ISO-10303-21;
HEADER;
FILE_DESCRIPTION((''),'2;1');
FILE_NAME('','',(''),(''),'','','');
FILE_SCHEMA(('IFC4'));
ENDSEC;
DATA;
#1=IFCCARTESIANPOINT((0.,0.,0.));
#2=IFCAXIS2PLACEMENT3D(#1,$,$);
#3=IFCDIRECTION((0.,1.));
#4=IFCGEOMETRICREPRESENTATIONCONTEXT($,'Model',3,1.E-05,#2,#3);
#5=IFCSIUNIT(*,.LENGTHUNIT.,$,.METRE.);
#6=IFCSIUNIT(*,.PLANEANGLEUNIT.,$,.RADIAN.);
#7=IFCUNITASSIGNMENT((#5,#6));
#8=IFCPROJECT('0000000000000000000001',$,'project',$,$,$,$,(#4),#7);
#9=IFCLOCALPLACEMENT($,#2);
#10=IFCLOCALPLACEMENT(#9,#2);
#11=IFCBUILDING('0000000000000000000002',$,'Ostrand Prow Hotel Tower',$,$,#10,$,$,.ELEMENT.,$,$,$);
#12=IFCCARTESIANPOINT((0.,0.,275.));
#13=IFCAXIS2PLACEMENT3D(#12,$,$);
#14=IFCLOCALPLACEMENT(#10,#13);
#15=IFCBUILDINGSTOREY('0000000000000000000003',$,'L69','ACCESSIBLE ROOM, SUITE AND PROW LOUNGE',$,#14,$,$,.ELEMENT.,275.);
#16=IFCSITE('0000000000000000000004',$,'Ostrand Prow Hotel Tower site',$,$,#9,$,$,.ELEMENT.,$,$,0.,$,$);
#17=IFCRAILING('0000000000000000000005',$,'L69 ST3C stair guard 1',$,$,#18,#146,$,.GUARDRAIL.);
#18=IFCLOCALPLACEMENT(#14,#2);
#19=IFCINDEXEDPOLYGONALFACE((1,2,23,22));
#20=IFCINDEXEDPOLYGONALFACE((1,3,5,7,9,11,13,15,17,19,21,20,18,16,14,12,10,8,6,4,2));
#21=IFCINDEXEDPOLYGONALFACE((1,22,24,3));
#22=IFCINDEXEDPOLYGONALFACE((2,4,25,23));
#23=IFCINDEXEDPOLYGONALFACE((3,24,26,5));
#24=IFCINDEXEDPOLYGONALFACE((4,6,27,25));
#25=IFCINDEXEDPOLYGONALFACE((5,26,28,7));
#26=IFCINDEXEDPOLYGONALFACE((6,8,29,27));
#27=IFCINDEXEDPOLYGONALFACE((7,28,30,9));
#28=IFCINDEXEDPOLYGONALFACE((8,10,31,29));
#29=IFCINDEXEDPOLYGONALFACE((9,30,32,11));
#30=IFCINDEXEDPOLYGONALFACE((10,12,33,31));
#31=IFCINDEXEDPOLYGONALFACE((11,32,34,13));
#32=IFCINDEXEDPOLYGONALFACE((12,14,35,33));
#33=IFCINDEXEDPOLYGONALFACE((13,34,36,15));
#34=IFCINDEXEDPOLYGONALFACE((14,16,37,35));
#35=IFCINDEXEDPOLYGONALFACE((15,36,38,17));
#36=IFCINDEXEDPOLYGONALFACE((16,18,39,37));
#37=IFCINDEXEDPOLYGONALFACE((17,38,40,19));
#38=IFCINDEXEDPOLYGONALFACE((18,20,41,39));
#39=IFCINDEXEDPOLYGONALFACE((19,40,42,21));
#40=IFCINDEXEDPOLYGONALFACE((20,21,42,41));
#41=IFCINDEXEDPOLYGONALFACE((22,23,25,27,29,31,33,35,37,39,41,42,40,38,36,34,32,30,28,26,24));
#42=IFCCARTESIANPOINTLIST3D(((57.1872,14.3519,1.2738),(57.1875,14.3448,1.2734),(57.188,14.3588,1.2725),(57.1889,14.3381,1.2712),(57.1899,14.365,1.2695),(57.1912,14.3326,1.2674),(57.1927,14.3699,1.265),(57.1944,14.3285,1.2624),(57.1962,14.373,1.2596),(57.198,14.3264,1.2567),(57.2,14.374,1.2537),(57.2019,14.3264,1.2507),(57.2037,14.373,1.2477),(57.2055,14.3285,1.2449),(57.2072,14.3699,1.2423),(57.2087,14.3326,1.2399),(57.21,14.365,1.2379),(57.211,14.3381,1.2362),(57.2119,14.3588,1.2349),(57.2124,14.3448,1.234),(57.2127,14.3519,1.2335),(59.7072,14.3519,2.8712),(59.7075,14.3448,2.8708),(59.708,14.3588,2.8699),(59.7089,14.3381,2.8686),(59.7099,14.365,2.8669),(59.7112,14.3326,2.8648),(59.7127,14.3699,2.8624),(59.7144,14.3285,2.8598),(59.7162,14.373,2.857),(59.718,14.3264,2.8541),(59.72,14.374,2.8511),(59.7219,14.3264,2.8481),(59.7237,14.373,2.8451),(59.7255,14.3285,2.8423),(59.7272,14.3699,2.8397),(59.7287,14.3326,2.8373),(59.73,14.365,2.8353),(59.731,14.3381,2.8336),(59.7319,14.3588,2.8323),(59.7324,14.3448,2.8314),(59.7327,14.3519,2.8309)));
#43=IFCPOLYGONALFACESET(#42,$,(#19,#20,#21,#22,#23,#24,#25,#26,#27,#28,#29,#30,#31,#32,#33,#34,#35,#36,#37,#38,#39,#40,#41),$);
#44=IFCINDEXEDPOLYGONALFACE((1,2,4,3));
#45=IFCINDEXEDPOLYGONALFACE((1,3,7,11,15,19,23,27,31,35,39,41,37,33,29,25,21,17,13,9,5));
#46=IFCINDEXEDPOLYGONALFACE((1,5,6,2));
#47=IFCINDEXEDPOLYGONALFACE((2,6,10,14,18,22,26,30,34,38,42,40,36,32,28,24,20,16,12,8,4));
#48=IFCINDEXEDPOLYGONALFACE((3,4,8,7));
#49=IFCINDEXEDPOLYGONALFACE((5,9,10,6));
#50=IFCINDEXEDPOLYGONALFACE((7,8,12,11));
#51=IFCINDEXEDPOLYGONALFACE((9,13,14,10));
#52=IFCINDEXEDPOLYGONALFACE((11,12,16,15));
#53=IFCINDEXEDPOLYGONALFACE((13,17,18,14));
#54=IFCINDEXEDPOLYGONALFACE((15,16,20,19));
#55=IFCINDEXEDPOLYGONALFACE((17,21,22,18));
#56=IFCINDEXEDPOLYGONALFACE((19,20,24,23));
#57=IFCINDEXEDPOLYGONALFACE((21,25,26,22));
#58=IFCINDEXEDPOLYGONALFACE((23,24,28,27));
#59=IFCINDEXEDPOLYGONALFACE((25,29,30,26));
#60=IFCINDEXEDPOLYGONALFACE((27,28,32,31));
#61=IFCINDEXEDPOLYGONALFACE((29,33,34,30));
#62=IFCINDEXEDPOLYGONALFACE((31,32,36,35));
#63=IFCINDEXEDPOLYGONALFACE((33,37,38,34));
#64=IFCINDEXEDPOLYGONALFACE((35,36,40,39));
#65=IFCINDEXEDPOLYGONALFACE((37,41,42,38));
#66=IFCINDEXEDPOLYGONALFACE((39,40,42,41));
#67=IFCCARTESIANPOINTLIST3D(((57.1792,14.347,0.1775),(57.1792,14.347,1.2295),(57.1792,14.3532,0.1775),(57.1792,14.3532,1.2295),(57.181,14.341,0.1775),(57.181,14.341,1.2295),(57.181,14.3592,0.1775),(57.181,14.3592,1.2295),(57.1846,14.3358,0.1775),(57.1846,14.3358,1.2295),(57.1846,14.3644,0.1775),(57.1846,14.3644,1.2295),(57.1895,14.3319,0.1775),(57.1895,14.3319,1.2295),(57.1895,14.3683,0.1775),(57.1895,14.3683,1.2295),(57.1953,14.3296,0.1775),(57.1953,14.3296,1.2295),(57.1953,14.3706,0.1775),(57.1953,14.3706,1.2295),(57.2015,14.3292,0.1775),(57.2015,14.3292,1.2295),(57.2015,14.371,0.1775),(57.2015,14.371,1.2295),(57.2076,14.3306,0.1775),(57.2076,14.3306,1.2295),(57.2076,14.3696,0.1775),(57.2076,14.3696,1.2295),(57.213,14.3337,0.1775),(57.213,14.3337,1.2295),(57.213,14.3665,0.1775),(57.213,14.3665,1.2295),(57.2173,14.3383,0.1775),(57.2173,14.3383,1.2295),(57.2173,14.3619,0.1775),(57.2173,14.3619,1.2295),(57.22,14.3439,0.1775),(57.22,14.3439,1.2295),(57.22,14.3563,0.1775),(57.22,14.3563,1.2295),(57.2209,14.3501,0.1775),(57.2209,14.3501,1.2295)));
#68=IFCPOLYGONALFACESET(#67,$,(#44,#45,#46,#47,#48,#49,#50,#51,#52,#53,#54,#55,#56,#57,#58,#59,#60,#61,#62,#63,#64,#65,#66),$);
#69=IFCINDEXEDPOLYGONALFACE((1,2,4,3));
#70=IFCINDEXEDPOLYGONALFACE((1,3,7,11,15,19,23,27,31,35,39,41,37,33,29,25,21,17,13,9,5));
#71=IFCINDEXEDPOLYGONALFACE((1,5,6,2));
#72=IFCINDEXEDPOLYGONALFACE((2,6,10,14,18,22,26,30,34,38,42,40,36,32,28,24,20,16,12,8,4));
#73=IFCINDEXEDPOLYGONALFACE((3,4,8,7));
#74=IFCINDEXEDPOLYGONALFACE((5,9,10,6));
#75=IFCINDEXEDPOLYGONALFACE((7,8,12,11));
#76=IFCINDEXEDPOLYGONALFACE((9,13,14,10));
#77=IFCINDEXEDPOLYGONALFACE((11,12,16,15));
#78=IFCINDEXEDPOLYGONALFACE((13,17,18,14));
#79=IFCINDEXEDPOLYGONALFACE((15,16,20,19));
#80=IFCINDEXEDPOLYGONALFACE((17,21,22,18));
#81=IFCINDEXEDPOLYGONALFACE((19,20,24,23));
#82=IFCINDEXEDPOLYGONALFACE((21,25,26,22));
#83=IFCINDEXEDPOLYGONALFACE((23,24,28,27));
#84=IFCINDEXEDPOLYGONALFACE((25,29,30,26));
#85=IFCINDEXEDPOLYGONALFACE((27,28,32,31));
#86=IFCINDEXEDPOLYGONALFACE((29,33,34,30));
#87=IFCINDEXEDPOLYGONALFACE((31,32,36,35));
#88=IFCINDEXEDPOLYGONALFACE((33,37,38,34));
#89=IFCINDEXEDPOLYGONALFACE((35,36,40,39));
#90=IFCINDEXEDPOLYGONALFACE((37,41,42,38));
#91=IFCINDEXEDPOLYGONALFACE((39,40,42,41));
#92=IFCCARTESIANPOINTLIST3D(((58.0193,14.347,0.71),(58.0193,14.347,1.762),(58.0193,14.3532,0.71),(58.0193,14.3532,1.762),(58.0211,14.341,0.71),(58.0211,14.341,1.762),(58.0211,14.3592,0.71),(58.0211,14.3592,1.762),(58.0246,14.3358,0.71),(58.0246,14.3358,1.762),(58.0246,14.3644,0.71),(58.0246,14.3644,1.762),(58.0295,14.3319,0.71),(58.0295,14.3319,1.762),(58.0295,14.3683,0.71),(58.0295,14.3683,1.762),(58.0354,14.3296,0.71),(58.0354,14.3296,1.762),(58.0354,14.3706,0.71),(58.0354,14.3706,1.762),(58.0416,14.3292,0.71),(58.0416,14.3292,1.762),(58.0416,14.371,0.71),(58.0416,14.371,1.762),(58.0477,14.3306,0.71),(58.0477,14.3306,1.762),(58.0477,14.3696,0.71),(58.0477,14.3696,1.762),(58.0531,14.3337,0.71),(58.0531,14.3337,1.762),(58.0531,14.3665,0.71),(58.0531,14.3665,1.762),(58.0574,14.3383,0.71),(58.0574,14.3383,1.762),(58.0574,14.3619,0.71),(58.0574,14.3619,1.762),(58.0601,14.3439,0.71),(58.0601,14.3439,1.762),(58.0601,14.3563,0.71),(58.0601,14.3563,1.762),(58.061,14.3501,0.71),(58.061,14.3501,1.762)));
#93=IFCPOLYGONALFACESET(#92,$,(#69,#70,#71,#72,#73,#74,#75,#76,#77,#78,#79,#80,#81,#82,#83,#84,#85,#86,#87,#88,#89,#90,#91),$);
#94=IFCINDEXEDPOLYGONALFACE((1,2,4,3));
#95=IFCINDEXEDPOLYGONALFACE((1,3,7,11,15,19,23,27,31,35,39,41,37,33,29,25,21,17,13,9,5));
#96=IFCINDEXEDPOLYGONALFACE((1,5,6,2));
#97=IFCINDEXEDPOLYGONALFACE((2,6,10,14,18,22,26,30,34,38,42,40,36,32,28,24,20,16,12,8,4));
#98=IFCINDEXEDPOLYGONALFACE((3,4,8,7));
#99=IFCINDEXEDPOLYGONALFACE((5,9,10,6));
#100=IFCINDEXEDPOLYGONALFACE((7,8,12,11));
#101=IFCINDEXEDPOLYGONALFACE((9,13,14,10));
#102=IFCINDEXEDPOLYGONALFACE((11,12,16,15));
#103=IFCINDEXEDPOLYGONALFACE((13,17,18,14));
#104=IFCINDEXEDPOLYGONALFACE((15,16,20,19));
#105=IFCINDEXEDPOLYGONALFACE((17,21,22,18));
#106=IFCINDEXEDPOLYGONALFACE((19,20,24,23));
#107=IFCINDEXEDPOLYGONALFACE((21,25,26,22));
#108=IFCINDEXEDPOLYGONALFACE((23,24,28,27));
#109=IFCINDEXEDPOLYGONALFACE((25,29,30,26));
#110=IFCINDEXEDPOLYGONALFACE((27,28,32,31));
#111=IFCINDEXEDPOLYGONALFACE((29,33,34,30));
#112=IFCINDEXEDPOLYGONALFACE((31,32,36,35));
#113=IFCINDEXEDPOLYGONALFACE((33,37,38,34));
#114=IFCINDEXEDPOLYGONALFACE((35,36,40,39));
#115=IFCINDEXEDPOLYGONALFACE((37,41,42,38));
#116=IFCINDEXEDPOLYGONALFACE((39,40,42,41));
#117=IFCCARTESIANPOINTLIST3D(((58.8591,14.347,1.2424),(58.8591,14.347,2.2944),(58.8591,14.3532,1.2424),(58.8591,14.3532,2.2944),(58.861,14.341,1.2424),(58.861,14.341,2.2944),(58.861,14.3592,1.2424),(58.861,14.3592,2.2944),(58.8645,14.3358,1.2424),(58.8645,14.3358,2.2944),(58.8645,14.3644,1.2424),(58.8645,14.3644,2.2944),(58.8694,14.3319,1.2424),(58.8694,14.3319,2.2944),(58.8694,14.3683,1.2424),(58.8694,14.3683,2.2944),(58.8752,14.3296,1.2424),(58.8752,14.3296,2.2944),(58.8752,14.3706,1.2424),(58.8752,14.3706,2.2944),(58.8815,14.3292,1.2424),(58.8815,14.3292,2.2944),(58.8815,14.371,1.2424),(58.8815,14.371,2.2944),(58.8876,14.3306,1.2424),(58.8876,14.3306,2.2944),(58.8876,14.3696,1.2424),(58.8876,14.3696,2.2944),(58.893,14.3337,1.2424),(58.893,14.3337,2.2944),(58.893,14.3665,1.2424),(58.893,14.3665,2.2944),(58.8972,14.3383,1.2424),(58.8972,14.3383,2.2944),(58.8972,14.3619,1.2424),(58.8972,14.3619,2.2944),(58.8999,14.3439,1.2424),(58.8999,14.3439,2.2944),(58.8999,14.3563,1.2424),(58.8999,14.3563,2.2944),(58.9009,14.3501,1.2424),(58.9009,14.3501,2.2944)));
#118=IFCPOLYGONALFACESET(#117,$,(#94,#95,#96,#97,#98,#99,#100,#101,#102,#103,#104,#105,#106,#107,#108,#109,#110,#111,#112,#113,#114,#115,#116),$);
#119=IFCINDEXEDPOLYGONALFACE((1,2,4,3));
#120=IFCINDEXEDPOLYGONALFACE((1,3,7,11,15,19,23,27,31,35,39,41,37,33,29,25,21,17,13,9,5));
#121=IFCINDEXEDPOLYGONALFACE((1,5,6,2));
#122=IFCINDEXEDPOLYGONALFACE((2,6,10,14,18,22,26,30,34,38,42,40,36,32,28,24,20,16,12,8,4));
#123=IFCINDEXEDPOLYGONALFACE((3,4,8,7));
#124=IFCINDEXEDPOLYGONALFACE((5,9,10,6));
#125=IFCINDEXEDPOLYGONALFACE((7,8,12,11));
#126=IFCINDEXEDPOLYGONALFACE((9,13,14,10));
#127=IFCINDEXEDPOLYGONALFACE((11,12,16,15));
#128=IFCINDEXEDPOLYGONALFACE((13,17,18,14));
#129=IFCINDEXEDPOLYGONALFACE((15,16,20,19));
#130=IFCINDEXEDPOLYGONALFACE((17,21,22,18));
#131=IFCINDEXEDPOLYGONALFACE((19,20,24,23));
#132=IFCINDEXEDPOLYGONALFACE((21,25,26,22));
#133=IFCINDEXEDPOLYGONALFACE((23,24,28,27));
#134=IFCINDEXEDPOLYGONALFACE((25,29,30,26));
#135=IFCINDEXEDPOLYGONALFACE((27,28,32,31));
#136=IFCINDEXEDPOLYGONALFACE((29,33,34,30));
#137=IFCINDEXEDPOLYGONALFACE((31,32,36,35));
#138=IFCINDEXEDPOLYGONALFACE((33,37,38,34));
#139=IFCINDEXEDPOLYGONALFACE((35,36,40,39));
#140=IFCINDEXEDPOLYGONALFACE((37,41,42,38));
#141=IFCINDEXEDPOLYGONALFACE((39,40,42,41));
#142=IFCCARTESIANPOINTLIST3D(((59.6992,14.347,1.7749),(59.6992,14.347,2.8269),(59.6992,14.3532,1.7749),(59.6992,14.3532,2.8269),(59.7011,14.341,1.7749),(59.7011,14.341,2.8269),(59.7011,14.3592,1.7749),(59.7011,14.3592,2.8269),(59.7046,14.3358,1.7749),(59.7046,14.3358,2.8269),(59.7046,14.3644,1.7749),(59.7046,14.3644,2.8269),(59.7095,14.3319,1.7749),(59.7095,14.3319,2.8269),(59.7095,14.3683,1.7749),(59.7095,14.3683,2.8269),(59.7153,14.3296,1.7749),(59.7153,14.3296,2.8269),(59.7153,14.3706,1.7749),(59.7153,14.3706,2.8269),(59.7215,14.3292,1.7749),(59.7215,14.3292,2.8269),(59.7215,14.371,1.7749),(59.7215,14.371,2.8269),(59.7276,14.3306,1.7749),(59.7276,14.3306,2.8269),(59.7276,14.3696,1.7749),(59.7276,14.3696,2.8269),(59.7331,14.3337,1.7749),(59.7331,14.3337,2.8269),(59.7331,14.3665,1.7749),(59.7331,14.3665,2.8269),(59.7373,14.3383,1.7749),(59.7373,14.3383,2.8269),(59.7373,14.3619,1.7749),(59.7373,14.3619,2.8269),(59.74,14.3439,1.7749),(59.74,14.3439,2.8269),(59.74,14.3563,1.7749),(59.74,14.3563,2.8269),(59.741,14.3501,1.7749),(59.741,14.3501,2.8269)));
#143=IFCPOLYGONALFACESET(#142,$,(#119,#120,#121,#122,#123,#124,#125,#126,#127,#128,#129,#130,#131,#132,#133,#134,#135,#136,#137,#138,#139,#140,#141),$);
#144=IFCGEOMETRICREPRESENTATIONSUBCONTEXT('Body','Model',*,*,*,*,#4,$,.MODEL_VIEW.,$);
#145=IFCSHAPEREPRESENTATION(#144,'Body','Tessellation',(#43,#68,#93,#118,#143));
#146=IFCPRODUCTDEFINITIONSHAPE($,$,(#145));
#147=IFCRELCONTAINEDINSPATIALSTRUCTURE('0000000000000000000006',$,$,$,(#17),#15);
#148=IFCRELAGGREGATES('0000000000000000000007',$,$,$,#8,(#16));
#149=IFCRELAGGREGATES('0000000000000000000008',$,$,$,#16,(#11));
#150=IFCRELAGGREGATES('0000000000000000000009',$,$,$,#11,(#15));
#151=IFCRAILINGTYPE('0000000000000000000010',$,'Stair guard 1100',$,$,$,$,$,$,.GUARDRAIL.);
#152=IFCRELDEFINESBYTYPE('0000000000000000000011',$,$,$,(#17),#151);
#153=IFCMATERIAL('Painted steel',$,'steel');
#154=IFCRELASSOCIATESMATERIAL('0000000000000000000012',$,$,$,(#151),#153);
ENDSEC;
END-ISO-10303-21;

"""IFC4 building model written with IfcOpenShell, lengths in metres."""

from ifc_helpers import new_model, si_unit, direction, frame, origin, origin_2d, place, context, subcontext, project, spatial, circle, extrude, material, type_object, element, save


model = new_model("IFC4")

# Units and contexts
model_context = context("Model", 3, precision=1e-05, world=origin(), true_north=direction((0.0, 1.0)))
body_context = subcontext(model_context, "Body", "Model", "MODEL_VIEW")
ifc_project = project(units=[si_unit("LENGTHUNIT", "METRE"), si_unit("PLANEANGLEUNIT", "RADIAN")], contexts=[model_context])

# Site, building, storey
site_placement = place(None, origin())
site = spatial("IfcSite", under=ifc_project, at=site_placement, Name="Ostrand Prow Hotel Tower site", CompositionType="ELEMENT", RefElevation=0.0)
building_placement = place(site_placement, origin())
building = spatial("IfcBuilding", under=site, at=building_placement, Name="Ostrand Prow Hotel Tower", CompositionType="ELEMENT")
storey_placement = place(building_placement, frame((0.0, 0.0, 275.0)))
storey = spatial("IfcBuildingStorey", under=building, at=storey_placement, Name="L69", Description="ACCESSIBLE ROOM, SUITE AND PROW LOUNGE", CompositionType="ELEMENT", Elevation=275.0)

# Railing
ifc_material_1 = material(Name="Painted steel", Category="steel")
railing_type_1 = type_object("IfcRailingType", Name="Stair guard 1100", PredefinedType="GUARDRAIL", material=ifc_material_1)
railing_1_placement = place(storey_placement, frame((57.2, 14.3501, 0.1775)))
element("IfcRailing", 1, at=railing_1_placement, inside=storey, type_object=railing_type_1, Name="L69 ST3C stair guard 1", PredefinedType="GUARDRAIL", context=body_context, shape_type="SweptSolid", body=[
    extrude(circle(Radius=0.0239, at=origin_2d()), frame((0.0, 0.0, 1.0762), z_axis=(0.844607, 0.0, 0.535387), x_axis=(0.0, 1.0, 0.0)), (0.0, 0.0, 1.0), 2.9836),
    extrude(circle(Radius=0.021, at=origin_2d()), origin(), (0.0, 0.0, 1.0), 1.052),
    extrude(circle(Radius=0.021, at=origin_2d()), frame((0.8401, 0.0, 0.5325)), (0.0, 0.0, 1.0), 1.052),
    extrude(circle(Radius=0.021, at=origin_2d()), frame((1.6799, 0.0, 1.0649)), (0.0, 0.0, 1.0), 1.052),
    extrude(circle(Radius=0.021, at=origin_2d()), frame((2.52, 0.0, 1.5974)), (0.0, 0.0, 1.0), 1.052),
])

save(model, "model.ifc")
